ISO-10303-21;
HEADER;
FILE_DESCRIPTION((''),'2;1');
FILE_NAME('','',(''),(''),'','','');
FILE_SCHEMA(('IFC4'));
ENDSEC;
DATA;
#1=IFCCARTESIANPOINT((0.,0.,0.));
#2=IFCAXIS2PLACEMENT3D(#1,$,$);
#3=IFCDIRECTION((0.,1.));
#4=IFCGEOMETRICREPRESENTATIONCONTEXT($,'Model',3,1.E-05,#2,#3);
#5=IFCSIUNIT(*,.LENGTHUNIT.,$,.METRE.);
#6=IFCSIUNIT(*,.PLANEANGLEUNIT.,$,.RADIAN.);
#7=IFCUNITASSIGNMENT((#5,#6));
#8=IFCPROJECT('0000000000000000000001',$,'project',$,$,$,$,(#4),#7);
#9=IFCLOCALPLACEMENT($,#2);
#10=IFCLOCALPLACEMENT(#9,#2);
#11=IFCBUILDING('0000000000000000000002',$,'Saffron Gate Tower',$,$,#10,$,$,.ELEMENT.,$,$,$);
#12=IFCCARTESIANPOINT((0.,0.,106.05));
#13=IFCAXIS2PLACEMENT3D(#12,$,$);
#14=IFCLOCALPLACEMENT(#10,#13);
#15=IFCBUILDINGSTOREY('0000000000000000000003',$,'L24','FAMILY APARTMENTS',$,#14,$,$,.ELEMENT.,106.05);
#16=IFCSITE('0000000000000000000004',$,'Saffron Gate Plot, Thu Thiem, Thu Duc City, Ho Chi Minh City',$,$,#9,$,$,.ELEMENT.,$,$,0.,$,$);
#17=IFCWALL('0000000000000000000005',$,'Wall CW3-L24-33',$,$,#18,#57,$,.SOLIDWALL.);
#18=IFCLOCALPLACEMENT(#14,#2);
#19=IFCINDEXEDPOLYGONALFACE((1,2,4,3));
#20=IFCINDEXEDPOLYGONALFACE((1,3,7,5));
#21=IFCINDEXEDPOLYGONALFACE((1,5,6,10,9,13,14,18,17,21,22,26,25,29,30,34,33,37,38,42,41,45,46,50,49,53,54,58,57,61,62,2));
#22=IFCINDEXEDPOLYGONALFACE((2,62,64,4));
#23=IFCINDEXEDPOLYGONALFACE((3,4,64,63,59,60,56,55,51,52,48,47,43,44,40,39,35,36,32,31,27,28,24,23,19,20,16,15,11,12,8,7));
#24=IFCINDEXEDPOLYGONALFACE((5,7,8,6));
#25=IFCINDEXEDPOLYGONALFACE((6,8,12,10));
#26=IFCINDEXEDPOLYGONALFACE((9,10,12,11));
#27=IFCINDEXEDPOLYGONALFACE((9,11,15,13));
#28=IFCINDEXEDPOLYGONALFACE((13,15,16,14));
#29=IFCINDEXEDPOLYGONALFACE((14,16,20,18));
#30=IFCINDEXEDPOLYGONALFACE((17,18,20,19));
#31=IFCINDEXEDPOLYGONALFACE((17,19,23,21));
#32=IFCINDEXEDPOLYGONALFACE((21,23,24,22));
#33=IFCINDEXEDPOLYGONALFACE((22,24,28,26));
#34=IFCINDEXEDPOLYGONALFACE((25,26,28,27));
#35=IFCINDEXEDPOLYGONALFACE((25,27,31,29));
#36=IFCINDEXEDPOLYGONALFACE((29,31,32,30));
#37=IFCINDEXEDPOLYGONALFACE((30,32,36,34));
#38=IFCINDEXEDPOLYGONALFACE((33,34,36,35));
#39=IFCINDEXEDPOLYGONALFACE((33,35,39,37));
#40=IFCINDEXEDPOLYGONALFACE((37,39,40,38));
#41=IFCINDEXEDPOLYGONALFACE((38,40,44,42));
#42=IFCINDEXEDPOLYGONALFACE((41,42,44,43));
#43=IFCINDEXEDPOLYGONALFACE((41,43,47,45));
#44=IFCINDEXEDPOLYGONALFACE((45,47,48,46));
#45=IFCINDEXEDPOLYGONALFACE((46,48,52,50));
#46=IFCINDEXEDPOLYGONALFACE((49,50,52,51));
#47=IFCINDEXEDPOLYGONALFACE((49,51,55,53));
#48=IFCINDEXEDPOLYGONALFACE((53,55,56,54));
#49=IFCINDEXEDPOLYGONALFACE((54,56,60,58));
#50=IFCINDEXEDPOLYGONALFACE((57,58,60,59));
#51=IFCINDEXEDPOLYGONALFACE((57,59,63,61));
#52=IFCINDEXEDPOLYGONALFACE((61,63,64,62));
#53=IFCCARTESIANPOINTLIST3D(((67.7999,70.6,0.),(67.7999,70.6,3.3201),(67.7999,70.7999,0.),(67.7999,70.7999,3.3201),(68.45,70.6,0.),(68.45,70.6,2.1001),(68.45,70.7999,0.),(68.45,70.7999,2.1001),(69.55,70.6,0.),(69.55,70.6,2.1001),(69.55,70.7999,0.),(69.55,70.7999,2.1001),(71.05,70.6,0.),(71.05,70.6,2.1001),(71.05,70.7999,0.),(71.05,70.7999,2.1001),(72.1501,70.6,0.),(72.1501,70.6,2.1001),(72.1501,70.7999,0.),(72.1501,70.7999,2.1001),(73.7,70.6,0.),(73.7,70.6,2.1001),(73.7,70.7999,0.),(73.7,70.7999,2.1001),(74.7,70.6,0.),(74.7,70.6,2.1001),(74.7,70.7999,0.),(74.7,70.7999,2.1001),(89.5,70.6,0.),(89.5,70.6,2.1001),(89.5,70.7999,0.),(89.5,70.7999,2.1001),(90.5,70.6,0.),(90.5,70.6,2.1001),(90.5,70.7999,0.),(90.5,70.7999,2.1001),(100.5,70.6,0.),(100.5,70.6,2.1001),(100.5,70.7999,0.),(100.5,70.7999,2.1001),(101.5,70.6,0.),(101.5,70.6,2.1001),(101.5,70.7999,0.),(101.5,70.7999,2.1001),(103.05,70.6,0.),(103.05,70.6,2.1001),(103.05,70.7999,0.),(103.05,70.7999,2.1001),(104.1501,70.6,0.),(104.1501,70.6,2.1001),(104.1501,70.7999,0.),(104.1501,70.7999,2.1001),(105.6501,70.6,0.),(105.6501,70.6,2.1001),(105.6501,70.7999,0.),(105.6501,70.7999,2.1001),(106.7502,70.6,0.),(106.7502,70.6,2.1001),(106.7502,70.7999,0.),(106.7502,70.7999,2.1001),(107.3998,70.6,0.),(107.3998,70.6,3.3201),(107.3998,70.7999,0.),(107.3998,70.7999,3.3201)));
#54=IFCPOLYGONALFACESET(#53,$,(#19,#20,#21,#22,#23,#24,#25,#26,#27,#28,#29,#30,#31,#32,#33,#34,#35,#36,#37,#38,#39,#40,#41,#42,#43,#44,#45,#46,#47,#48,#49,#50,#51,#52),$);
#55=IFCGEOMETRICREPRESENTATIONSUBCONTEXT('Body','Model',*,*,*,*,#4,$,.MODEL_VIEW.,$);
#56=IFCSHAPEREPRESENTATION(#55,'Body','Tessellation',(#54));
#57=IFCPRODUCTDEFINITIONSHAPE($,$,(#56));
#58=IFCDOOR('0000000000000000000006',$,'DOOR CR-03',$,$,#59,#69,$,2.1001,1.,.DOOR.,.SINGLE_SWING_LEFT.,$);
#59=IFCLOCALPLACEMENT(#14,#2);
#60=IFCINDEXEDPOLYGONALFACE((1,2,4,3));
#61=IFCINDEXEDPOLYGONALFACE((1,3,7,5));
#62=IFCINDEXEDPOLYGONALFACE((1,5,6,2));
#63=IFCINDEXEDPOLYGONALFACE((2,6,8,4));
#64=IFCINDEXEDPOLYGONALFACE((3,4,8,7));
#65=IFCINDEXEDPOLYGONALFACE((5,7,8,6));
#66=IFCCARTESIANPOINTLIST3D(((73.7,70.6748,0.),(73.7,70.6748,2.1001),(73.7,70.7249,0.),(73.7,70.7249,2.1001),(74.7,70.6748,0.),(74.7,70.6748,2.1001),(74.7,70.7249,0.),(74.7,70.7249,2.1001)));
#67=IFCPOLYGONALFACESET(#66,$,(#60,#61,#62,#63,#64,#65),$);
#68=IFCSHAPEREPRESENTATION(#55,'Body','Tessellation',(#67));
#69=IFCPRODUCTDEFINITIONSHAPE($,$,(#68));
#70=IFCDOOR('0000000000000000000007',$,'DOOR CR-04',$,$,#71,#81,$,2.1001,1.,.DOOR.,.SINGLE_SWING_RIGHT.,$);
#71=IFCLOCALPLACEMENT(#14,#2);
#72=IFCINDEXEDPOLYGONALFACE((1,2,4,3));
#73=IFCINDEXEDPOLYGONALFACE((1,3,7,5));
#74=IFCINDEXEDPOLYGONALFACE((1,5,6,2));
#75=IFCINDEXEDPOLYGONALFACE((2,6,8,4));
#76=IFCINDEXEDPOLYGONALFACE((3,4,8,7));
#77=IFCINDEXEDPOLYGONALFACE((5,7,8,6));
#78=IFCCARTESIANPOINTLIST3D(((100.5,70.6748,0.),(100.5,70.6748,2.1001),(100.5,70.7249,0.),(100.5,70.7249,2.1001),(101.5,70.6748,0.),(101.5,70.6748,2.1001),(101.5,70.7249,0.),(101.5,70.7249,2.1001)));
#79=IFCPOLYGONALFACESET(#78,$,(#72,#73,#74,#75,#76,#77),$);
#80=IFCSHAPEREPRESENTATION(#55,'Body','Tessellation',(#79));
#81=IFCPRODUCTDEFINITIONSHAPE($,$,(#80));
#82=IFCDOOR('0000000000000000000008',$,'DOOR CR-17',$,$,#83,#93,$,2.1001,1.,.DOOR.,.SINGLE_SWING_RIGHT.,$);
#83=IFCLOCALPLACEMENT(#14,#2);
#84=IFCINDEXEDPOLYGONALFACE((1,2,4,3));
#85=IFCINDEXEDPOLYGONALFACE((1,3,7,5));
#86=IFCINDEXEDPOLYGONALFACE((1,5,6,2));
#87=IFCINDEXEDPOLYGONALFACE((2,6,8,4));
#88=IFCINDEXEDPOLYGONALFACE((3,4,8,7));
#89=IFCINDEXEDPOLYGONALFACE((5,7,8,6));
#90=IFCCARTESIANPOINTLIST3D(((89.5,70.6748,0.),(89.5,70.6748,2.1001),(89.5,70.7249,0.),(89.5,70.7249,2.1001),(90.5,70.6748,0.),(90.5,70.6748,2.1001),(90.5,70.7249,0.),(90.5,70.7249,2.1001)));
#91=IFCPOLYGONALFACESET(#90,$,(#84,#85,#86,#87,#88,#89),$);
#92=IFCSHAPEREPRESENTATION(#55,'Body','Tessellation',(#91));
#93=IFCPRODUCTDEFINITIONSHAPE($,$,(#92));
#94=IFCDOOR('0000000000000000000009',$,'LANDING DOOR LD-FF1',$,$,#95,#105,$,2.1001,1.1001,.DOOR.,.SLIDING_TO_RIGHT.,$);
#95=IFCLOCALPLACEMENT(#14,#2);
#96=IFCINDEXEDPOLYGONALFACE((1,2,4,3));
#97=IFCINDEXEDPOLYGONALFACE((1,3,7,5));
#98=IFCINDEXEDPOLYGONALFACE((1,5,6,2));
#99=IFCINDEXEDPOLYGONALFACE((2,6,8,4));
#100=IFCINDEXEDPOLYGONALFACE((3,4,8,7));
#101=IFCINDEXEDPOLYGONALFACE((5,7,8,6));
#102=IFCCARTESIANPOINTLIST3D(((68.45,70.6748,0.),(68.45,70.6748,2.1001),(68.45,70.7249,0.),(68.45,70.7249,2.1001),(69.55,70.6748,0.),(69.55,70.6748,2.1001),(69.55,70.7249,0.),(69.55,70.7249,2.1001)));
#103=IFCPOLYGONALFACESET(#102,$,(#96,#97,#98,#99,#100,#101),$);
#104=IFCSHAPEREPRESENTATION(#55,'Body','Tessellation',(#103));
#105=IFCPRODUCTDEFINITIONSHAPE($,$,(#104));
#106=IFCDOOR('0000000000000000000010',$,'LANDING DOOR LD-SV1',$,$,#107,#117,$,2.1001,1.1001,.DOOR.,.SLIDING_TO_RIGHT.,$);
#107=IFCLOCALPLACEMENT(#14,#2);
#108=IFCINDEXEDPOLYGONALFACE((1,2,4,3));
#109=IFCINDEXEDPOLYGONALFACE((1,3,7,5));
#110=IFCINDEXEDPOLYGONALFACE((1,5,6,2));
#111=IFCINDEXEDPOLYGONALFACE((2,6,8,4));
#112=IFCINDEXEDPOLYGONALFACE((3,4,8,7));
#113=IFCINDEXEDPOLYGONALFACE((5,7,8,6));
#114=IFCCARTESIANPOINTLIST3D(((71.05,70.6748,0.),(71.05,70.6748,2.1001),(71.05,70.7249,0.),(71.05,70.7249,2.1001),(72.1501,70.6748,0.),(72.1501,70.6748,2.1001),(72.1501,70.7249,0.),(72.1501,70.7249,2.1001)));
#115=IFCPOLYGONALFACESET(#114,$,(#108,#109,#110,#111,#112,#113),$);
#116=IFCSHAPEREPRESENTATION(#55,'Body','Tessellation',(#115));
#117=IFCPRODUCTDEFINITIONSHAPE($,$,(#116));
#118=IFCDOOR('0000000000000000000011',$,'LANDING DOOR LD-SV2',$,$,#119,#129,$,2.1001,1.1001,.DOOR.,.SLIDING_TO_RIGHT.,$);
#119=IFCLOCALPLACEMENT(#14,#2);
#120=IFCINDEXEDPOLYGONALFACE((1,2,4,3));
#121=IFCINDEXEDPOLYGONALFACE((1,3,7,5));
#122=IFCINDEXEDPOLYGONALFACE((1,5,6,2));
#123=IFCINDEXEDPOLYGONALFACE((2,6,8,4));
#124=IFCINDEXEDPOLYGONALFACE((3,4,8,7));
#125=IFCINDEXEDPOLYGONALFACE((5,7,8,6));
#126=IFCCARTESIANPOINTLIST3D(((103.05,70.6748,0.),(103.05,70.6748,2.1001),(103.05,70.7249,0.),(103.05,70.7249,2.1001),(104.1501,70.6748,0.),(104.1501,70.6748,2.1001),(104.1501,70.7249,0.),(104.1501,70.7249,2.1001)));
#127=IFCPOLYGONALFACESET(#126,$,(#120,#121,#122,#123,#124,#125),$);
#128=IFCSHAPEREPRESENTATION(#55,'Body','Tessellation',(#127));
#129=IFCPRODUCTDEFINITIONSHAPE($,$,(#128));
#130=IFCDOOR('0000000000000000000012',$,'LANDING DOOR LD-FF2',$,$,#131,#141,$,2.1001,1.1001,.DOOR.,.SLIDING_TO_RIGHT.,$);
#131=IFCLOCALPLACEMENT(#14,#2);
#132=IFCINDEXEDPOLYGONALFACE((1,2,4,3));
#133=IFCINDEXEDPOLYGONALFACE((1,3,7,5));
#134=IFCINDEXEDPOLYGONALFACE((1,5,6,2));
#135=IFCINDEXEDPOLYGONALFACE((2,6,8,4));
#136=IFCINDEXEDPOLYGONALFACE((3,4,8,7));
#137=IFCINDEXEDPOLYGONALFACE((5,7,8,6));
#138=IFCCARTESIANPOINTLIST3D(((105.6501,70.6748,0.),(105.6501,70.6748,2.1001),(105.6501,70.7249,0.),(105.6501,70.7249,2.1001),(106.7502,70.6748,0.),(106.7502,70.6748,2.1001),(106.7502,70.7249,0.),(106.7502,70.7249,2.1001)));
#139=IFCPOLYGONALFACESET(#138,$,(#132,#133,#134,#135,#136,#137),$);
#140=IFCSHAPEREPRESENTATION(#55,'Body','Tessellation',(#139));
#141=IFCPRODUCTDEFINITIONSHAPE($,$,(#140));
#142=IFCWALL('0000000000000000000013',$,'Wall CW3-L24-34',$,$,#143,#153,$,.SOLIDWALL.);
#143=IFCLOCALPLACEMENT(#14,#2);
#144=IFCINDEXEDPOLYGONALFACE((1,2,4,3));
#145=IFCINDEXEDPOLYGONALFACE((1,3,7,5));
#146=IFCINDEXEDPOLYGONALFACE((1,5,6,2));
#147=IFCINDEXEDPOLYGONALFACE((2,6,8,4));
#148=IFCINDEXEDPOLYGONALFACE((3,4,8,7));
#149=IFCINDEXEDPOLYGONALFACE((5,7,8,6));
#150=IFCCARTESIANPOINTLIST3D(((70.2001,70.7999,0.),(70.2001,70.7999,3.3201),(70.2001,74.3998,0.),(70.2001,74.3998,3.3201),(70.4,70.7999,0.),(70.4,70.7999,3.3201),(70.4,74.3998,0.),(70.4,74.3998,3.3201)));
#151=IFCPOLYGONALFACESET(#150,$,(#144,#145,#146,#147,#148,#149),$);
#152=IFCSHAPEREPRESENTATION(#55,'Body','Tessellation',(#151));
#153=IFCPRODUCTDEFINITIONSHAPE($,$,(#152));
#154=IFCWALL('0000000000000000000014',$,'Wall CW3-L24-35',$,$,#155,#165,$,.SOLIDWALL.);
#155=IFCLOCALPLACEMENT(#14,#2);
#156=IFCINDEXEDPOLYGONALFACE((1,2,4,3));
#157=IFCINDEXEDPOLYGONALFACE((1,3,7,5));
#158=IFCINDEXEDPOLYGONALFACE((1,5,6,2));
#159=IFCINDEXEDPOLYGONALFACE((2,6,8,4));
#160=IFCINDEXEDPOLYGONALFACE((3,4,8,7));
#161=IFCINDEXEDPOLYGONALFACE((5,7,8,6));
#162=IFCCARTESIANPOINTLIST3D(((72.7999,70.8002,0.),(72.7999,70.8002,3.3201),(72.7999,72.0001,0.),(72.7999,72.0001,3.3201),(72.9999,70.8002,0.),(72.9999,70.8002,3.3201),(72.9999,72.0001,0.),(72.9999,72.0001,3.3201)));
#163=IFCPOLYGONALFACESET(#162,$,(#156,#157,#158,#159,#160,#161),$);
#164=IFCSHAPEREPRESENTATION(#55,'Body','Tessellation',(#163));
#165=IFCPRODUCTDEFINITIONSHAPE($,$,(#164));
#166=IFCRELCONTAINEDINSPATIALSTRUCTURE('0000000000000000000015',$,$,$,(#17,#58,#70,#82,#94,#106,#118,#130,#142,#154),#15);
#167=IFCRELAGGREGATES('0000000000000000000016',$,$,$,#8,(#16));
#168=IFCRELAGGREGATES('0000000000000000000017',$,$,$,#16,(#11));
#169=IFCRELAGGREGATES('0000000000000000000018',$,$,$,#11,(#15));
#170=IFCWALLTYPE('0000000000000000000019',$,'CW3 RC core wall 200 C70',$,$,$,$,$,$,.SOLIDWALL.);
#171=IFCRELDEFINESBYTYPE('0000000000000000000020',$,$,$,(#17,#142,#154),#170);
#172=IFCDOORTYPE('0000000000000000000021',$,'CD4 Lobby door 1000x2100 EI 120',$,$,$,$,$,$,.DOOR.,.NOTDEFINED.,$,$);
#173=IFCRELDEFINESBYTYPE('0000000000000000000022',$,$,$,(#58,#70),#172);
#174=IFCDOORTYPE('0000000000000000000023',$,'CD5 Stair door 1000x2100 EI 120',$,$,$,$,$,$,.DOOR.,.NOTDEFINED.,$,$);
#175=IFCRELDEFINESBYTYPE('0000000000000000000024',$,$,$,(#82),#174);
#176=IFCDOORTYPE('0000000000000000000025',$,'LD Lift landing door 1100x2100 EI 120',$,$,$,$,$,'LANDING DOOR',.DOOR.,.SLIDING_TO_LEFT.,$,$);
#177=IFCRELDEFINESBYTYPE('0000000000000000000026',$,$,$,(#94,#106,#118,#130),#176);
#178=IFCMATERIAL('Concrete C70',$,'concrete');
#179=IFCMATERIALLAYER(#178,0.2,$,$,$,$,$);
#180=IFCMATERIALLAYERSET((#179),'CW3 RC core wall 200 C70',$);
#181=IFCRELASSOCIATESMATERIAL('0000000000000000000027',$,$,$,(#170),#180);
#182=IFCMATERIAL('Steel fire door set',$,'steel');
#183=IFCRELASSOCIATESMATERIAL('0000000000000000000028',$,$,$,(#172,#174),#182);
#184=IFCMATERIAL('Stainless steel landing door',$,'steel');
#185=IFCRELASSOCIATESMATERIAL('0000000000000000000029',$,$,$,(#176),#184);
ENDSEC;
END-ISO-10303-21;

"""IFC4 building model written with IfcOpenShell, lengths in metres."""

from ifc_helpers import new_model, si_unit, direction, frame, frame_2d, origin, place, context, subcontext, project, spatial, rectangle, extrude, material, layer, layer_set, type_object, element, fill, save


model = new_model("IFC4")

# Units and contexts
model_context = context("Model", 3, precision=1e-05, world=origin(), true_north=direction((0.0, 1.0)))
body_context = subcontext(model_context, "Body", "Model", "MODEL_VIEW")
ifc_project = project(units=[si_unit("LENGTHUNIT", "METRE"), si_unit("PLANEANGLEUNIT", "RADIAN")], contexts=[model_context])

# Site, building, storey
site_placement = place(None, origin())
site = spatial("IfcSite", under=ifc_project, at=site_placement, Name="Saffron Gate Plot, Thu Thiem, Thu Duc City, Ho Chi Minh City", CompositionType="ELEMENT", RefElevation=0.0)
building_placement = place(site_placement, origin())
building = spatial("IfcBuilding", under=site, at=building_placement, Name="Saffron Gate Tower", CompositionType="ELEMENT")
storey_placement = place(building_placement, frame((0.0, 0.0, 106.05)))
storey = spatial("IfcBuildingStorey", under=building, at=storey_placement, Name="L24", Description="FAMILY APARTMENTS", CompositionType="ELEMENT", Elevation=106.05)

# Shared definitions
ifc_material_1 = material(Name="Concrete C70", Category="concrete")

# Wall, openings, doors
ifc_layer_1 = layer(ifc_material_1, 0.2)
ifc_layer_set_1 = layer_set([ifc_layer_1], Name="CW3 RC core wall 200 C70")
wall_type_1 = type_object("IfcWallType", Name="CW3 RC core wall 200 C70", PredefinedType="SOLIDWALL", material=ifc_layer_set_1)
wall_1_placement = place(storey_placement, frame((67.8, 70.7, 0.0), z_axis=(0.0, 0.0, 1.0), x_axis=(1.0, 0.0, 0.0)))
wall_1 = element("IfcWall", 1, at=wall_1_placement, inside=storey, type_object=wall_type_1, Name="Wall CW3-L24-33", PredefinedType="SOLIDWALL", context=body_context, shape_type="SweptSolid", body=[
    extrude(rectangle(XDim=39.5999, YDim=0.2, at=frame_2d((19.7998, 0.0))), origin(), (0.0, 0.0, 1.0), 3.3201),
])
opening_1_placement = place(wall_1_placement, frame((0.6499, 0.0, 0.0)))
opening_1 = element("IfcOpeningElement", 2, at=opening_1_placement, cuts=wall_1, PredefinedType="OPENING", context=body_context, shape_type="SweptSolid", body=[
    extrude(rectangle(XDim=1.1001, YDim=2.1001, at=frame_2d((0.55, 1.05))), frame((0.0, 0.1099, 0.0), z_axis=(0.0, -1.0, 0.0), x_axis=(1.0, 0.0, 0.0)), (0.0, 0.0, 1.0), 0.22),
])
opening_2_placement = place(wall_1_placement, frame((3.25, 0.0, 0.0)))
opening_2 = element("IfcOpeningElement", 3, at=opening_2_placement, cuts=wall_1, PredefinedType="OPENING", context=body_context, shape_type="SweptSolid", body=[
    extrude(rectangle(XDim=1.1001, YDim=2.1001, at=frame_2d((0.55, 1.05))), frame((0.0, 0.1099, 0.0), z_axis=(0.0, -1.0, 0.0), x_axis=(1.0, 0.0, 0.0)), (0.0, 0.0, 1.0), 0.22),
])
opening_3_placement = place(wall_1_placement, frame((5.8999, 0.0, 0.0)))
opening_3 = element("IfcOpeningElement", 4, at=opening_3_placement, cuts=wall_1, PredefinedType="OPENING", context=body_context, shape_type="SweptSolid", body=[
    extrude(rectangle(XDim=1.0, YDim=2.1001, at=frame_2d((0.5, 1.05))), frame((0.0, 0.1099, 0.0), z_axis=(0.0, -1.0, 0.0), x_axis=(1.0, 0.0, 0.0)), (0.0, 0.0, 1.0), 0.22),
])
opening_4_placement = place(wall_1_placement, frame((21.7, 0.0, 0.0)))
opening_4 = element("IfcOpeningElement", 5, at=opening_4_placement, cuts=wall_1, PredefinedType="OPENING", context=body_context, shape_type="SweptSolid", body=[
    extrude(rectangle(XDim=1.0, YDim=2.1001, at=frame_2d((0.5, 1.05))), frame((0.0, 0.1099, 0.0), z_axis=(0.0, -1.0, 0.0), x_axis=(1.0, 0.0, 0.0)), (0.0, 0.0, 1.0), 0.22),
])
opening_5_placement = place(wall_1_placement, frame((32.7, 0.0, 0.0)))
opening_5 = element("IfcOpeningElement", 6, at=opening_5_placement, cuts=wall_1, PredefinedType="OPENING", context=body_context, shape_type="SweptSolid", body=[
    extrude(rectangle(XDim=1.0, YDim=2.1001, at=frame_2d((0.5, 1.05))), frame((0.0, 0.1099, 0.0), z_axis=(0.0, -1.0, 0.0), x_axis=(1.0, 0.0, 0.0)), (0.0, 0.0, 1.0), 0.22),
])
opening_6_placement = place(wall_1_placement, frame((35.25, 0.0, 0.0)))
opening_6 = element("IfcOpeningElement", 7, at=opening_6_placement, cuts=wall_1, PredefinedType="OPENING", context=body_context, shape_type="SweptSolid", body=[
    extrude(rectangle(XDim=1.1001, YDim=2.1001, at=frame_2d((0.55, 1.05))), frame((0.0, 0.1099, 0.0), z_axis=(0.0, -1.0, 0.0), x_axis=(1.0, 0.0, 0.0)), (0.0, 0.0, 1.0), 0.22),
])
opening_7_placement = place(wall_1_placement, frame((37.8501, 0.0, 0.0)))
opening_7 = element("IfcOpeningElement", 8, at=opening_7_placement, cuts=wall_1, PredefinedType="OPENING", context=body_context, shape_type="SweptSolid", body=[
    extrude(rectangle(XDim=1.1001, YDim=2.1001, at=frame_2d((0.55, 1.05))), frame((0.0, 0.1099, 0.0), z_axis=(0.0, -1.0, 0.0), x_axis=(1.0, 0.0, 0.0)), (0.0, 0.0, 1.0), 0.22),
])
ifc_material_2 = material(Name="Steel fire door set", Category="steel")
door_type_1 = type_object("IfcDoorType", Name="CD4 Lobby door 1000x2100 EI 120", OperationType="NOTDEFINED", PredefinedType="DOOR", material=ifc_material_2)
door_1_placement = place(opening_3_placement, origin())
door_1 = element("IfcDoor", 9, at=door_1_placement, inside=storey, type_object=door_type_1, Name="DOOR CR-03", OperationType="SINGLE_SWING_LEFT", OverallHeight=2.1001, OverallWidth=1.0, PredefinedType="DOOR", context=body_context, shape_type="SweptSolid", body=[
    extrude(rectangle(XDim=1.0, YDim=2.1001, at=frame_2d((0.5, 1.05))), frame((0.0, 0.0249, 0.0), z_axis=(0.0, -1.0, 0.0), x_axis=(1.0, 0.0, 0.0)), (0.0, 0.0, 1.0), 0.05),
])
fill(opening_3, door_1)
door_2_placement = place(opening_5_placement, origin())
door_2 = element("IfcDoor", 10, at=door_2_placement, inside=storey, type_object=door_type_1, Name="DOOR CR-04", OperationType="SINGLE_SWING_RIGHT", OverallHeight=2.1001, OverallWidth=1.0, PredefinedType="DOOR", context=body_context, shape_type="SweptSolid", body=[
    extrude(rectangle(XDim=1.0, YDim=2.1001, at=frame_2d((0.5, 1.05))), frame((0.0, 0.0249, 0.0), z_axis=(0.0, -1.0, 0.0), x_axis=(1.0, 0.0, 0.0)), (0.0, 0.0, 1.0), 0.05),
])
fill(opening_5, door_2)
door_type_2 = type_object("IfcDoorType", Name="CD5 Stair door 1000x2100 EI 120", OperationType="NOTDEFINED", PredefinedType="DOOR", material=ifc_material_2)
door_3_placement = place(opening_4_placement, origin())
door_3 = element("IfcDoor", 11, at=door_3_placement, inside=storey, type_object=door_type_2, Name="DOOR CR-17", OperationType="SINGLE_SWING_RIGHT", OverallHeight=2.1001, OverallWidth=1.0, PredefinedType="DOOR", context=body_context, shape_type="SweptSolid", body=[
    extrude(rectangle(XDim=1.0, YDim=2.1001, at=frame_2d((0.5, 1.05))), frame((0.0, 0.0249, 0.0), z_axis=(0.0, -1.0, 0.0), x_axis=(1.0, 0.0, 0.0)), (0.0, 0.0, 1.0), 0.05),
])
fill(opening_4, door_3)
ifc_material_3 = material(Name="Stainless steel landing door", Category="steel")
door_type_3 = type_object("IfcDoorType", Name="LD Lift landing door 1100x2100 EI 120", ElementType="LANDING DOOR", OperationType="SLIDING_TO_LEFT", PredefinedType="DOOR", material=ifc_material_3)
door_4_placement = place(opening_1_placement, origin())
door_4 = element("IfcDoor", 12, at=door_4_placement, inside=storey, type_object=door_type_3, Name="LANDING DOOR LD-FF1", OperationType="SLIDING_TO_RIGHT", OverallHeight=2.1001, OverallWidth=1.1001, PredefinedType="DOOR", context=body_context, shape_type="SweptSolid", body=[
    extrude(rectangle(XDim=1.1001, YDim=2.1001, at=frame_2d((0.55, 1.05))), frame((0.0, 0.0249, 0.0), z_axis=(0.0, -1.0, 0.0), x_axis=(1.0, 0.0, 0.0)), (0.0, 0.0, 1.0), 0.05),
])
fill(opening_1, door_4)
door_5_placement = place(opening_2_placement, origin())
door_5 = element("IfcDoor", 13, at=door_5_placement, inside=storey, type_object=door_type_3, Name="LANDING DOOR LD-SV1", OperationType="SLIDING_TO_RIGHT", OverallHeight=2.1001, OverallWidth=1.1001, PredefinedType="DOOR", context=body_context, shape_type="SweptSolid", body=[
    extrude(rectangle(XDim=1.1001, YDim=2.1001, at=frame_2d((0.55, 1.05))), frame((0.0, 0.0249, 0.0), z_axis=(0.0, -1.0, 0.0), x_axis=(1.0, 0.0, 0.0)), (0.0, 0.0, 1.0), 0.05),
])
fill(opening_2, door_5)
door_6_placement = place(opening_6_placement, origin())
door_6 = element("IfcDoor", 14, at=door_6_placement, inside=storey, type_object=door_type_3, Name="LANDING DOOR LD-SV2", OperationType="SLIDING_TO_RIGHT", OverallHeight=2.1001, OverallWidth=1.1001, PredefinedType="DOOR", context=body_context, shape_type="SweptSolid", body=[
    extrude(rectangle(XDim=1.1001, YDim=2.1001, at=frame_2d((0.55, 1.05))), frame((0.0, 0.0249, 0.0), z_axis=(0.0, -1.0, 0.0), x_axis=(1.0, 0.0, 0.0)), (0.0, 0.0, 1.0), 0.05),
])
fill(opening_6, door_6)
door_7_placement = place(opening_7_placement, origin())
door_7 = element("IfcDoor", 15, at=door_7_placement, inside=storey, type_object=door_type_3, Name="LANDING DOOR LD-FF2", OperationType="SLIDING_TO_RIGHT", OverallHeight=2.1001, OverallWidth=1.1001, PredefinedType="DOOR", context=body_context, shape_type="SweptSolid", body=[
    extrude(rectangle(XDim=1.1001, YDim=2.1001, at=frame_2d((0.55, 1.05))), frame((0.0, 0.0249, 0.0), z_axis=(0.0, -1.0, 0.0), x_axis=(1.0, 0.0, 0.0)), (0.0, 0.0, 1.0), 0.05),
])
fill(opening_7, door_7)

# Walls
wall_2_placement = place(storey_placement, frame((70.3, 70.8, 0.0), z_axis=(0.0, 0.0, 1.0), x_axis=(0.0, 1.0, 0.0)))
element("IfcWall", 16, at=wall_2_placement, inside=storey, type_object=wall_type_1, Name="Wall CW3-L24-34", PredefinedType="SOLIDWALL", context=body_context, shape_type="SweptSolid", body=[
    extrude(rectangle(XDim=3.5999, YDim=0.2, at=frame_2d((1.7998, 0.0))), origin(), (0.0, 0.0, 1.0), 3.3201),
])
wall_3_placement = place(storey_placement, frame((72.8999, 70.8, 0.0), z_axis=(0.0, 0.0, 1.0), x_axis=(0.0, 1.0, 0.0)))
element("IfcWall", 17, at=wall_3_placement, inside=storey, type_object=wall_type_1, Name="Wall CW3-L24-35", PredefinedType="SOLIDWALL", context=body_context, shape_type="SweptSolid", body=[
    extrude(rectangle(XDim=1.2, YDim=0.2, at=frame_2d((0.6001, 0.0))), origin(), (0.0, 0.0, 1.0), 3.3201),
])

save(model, "model.ifc")
